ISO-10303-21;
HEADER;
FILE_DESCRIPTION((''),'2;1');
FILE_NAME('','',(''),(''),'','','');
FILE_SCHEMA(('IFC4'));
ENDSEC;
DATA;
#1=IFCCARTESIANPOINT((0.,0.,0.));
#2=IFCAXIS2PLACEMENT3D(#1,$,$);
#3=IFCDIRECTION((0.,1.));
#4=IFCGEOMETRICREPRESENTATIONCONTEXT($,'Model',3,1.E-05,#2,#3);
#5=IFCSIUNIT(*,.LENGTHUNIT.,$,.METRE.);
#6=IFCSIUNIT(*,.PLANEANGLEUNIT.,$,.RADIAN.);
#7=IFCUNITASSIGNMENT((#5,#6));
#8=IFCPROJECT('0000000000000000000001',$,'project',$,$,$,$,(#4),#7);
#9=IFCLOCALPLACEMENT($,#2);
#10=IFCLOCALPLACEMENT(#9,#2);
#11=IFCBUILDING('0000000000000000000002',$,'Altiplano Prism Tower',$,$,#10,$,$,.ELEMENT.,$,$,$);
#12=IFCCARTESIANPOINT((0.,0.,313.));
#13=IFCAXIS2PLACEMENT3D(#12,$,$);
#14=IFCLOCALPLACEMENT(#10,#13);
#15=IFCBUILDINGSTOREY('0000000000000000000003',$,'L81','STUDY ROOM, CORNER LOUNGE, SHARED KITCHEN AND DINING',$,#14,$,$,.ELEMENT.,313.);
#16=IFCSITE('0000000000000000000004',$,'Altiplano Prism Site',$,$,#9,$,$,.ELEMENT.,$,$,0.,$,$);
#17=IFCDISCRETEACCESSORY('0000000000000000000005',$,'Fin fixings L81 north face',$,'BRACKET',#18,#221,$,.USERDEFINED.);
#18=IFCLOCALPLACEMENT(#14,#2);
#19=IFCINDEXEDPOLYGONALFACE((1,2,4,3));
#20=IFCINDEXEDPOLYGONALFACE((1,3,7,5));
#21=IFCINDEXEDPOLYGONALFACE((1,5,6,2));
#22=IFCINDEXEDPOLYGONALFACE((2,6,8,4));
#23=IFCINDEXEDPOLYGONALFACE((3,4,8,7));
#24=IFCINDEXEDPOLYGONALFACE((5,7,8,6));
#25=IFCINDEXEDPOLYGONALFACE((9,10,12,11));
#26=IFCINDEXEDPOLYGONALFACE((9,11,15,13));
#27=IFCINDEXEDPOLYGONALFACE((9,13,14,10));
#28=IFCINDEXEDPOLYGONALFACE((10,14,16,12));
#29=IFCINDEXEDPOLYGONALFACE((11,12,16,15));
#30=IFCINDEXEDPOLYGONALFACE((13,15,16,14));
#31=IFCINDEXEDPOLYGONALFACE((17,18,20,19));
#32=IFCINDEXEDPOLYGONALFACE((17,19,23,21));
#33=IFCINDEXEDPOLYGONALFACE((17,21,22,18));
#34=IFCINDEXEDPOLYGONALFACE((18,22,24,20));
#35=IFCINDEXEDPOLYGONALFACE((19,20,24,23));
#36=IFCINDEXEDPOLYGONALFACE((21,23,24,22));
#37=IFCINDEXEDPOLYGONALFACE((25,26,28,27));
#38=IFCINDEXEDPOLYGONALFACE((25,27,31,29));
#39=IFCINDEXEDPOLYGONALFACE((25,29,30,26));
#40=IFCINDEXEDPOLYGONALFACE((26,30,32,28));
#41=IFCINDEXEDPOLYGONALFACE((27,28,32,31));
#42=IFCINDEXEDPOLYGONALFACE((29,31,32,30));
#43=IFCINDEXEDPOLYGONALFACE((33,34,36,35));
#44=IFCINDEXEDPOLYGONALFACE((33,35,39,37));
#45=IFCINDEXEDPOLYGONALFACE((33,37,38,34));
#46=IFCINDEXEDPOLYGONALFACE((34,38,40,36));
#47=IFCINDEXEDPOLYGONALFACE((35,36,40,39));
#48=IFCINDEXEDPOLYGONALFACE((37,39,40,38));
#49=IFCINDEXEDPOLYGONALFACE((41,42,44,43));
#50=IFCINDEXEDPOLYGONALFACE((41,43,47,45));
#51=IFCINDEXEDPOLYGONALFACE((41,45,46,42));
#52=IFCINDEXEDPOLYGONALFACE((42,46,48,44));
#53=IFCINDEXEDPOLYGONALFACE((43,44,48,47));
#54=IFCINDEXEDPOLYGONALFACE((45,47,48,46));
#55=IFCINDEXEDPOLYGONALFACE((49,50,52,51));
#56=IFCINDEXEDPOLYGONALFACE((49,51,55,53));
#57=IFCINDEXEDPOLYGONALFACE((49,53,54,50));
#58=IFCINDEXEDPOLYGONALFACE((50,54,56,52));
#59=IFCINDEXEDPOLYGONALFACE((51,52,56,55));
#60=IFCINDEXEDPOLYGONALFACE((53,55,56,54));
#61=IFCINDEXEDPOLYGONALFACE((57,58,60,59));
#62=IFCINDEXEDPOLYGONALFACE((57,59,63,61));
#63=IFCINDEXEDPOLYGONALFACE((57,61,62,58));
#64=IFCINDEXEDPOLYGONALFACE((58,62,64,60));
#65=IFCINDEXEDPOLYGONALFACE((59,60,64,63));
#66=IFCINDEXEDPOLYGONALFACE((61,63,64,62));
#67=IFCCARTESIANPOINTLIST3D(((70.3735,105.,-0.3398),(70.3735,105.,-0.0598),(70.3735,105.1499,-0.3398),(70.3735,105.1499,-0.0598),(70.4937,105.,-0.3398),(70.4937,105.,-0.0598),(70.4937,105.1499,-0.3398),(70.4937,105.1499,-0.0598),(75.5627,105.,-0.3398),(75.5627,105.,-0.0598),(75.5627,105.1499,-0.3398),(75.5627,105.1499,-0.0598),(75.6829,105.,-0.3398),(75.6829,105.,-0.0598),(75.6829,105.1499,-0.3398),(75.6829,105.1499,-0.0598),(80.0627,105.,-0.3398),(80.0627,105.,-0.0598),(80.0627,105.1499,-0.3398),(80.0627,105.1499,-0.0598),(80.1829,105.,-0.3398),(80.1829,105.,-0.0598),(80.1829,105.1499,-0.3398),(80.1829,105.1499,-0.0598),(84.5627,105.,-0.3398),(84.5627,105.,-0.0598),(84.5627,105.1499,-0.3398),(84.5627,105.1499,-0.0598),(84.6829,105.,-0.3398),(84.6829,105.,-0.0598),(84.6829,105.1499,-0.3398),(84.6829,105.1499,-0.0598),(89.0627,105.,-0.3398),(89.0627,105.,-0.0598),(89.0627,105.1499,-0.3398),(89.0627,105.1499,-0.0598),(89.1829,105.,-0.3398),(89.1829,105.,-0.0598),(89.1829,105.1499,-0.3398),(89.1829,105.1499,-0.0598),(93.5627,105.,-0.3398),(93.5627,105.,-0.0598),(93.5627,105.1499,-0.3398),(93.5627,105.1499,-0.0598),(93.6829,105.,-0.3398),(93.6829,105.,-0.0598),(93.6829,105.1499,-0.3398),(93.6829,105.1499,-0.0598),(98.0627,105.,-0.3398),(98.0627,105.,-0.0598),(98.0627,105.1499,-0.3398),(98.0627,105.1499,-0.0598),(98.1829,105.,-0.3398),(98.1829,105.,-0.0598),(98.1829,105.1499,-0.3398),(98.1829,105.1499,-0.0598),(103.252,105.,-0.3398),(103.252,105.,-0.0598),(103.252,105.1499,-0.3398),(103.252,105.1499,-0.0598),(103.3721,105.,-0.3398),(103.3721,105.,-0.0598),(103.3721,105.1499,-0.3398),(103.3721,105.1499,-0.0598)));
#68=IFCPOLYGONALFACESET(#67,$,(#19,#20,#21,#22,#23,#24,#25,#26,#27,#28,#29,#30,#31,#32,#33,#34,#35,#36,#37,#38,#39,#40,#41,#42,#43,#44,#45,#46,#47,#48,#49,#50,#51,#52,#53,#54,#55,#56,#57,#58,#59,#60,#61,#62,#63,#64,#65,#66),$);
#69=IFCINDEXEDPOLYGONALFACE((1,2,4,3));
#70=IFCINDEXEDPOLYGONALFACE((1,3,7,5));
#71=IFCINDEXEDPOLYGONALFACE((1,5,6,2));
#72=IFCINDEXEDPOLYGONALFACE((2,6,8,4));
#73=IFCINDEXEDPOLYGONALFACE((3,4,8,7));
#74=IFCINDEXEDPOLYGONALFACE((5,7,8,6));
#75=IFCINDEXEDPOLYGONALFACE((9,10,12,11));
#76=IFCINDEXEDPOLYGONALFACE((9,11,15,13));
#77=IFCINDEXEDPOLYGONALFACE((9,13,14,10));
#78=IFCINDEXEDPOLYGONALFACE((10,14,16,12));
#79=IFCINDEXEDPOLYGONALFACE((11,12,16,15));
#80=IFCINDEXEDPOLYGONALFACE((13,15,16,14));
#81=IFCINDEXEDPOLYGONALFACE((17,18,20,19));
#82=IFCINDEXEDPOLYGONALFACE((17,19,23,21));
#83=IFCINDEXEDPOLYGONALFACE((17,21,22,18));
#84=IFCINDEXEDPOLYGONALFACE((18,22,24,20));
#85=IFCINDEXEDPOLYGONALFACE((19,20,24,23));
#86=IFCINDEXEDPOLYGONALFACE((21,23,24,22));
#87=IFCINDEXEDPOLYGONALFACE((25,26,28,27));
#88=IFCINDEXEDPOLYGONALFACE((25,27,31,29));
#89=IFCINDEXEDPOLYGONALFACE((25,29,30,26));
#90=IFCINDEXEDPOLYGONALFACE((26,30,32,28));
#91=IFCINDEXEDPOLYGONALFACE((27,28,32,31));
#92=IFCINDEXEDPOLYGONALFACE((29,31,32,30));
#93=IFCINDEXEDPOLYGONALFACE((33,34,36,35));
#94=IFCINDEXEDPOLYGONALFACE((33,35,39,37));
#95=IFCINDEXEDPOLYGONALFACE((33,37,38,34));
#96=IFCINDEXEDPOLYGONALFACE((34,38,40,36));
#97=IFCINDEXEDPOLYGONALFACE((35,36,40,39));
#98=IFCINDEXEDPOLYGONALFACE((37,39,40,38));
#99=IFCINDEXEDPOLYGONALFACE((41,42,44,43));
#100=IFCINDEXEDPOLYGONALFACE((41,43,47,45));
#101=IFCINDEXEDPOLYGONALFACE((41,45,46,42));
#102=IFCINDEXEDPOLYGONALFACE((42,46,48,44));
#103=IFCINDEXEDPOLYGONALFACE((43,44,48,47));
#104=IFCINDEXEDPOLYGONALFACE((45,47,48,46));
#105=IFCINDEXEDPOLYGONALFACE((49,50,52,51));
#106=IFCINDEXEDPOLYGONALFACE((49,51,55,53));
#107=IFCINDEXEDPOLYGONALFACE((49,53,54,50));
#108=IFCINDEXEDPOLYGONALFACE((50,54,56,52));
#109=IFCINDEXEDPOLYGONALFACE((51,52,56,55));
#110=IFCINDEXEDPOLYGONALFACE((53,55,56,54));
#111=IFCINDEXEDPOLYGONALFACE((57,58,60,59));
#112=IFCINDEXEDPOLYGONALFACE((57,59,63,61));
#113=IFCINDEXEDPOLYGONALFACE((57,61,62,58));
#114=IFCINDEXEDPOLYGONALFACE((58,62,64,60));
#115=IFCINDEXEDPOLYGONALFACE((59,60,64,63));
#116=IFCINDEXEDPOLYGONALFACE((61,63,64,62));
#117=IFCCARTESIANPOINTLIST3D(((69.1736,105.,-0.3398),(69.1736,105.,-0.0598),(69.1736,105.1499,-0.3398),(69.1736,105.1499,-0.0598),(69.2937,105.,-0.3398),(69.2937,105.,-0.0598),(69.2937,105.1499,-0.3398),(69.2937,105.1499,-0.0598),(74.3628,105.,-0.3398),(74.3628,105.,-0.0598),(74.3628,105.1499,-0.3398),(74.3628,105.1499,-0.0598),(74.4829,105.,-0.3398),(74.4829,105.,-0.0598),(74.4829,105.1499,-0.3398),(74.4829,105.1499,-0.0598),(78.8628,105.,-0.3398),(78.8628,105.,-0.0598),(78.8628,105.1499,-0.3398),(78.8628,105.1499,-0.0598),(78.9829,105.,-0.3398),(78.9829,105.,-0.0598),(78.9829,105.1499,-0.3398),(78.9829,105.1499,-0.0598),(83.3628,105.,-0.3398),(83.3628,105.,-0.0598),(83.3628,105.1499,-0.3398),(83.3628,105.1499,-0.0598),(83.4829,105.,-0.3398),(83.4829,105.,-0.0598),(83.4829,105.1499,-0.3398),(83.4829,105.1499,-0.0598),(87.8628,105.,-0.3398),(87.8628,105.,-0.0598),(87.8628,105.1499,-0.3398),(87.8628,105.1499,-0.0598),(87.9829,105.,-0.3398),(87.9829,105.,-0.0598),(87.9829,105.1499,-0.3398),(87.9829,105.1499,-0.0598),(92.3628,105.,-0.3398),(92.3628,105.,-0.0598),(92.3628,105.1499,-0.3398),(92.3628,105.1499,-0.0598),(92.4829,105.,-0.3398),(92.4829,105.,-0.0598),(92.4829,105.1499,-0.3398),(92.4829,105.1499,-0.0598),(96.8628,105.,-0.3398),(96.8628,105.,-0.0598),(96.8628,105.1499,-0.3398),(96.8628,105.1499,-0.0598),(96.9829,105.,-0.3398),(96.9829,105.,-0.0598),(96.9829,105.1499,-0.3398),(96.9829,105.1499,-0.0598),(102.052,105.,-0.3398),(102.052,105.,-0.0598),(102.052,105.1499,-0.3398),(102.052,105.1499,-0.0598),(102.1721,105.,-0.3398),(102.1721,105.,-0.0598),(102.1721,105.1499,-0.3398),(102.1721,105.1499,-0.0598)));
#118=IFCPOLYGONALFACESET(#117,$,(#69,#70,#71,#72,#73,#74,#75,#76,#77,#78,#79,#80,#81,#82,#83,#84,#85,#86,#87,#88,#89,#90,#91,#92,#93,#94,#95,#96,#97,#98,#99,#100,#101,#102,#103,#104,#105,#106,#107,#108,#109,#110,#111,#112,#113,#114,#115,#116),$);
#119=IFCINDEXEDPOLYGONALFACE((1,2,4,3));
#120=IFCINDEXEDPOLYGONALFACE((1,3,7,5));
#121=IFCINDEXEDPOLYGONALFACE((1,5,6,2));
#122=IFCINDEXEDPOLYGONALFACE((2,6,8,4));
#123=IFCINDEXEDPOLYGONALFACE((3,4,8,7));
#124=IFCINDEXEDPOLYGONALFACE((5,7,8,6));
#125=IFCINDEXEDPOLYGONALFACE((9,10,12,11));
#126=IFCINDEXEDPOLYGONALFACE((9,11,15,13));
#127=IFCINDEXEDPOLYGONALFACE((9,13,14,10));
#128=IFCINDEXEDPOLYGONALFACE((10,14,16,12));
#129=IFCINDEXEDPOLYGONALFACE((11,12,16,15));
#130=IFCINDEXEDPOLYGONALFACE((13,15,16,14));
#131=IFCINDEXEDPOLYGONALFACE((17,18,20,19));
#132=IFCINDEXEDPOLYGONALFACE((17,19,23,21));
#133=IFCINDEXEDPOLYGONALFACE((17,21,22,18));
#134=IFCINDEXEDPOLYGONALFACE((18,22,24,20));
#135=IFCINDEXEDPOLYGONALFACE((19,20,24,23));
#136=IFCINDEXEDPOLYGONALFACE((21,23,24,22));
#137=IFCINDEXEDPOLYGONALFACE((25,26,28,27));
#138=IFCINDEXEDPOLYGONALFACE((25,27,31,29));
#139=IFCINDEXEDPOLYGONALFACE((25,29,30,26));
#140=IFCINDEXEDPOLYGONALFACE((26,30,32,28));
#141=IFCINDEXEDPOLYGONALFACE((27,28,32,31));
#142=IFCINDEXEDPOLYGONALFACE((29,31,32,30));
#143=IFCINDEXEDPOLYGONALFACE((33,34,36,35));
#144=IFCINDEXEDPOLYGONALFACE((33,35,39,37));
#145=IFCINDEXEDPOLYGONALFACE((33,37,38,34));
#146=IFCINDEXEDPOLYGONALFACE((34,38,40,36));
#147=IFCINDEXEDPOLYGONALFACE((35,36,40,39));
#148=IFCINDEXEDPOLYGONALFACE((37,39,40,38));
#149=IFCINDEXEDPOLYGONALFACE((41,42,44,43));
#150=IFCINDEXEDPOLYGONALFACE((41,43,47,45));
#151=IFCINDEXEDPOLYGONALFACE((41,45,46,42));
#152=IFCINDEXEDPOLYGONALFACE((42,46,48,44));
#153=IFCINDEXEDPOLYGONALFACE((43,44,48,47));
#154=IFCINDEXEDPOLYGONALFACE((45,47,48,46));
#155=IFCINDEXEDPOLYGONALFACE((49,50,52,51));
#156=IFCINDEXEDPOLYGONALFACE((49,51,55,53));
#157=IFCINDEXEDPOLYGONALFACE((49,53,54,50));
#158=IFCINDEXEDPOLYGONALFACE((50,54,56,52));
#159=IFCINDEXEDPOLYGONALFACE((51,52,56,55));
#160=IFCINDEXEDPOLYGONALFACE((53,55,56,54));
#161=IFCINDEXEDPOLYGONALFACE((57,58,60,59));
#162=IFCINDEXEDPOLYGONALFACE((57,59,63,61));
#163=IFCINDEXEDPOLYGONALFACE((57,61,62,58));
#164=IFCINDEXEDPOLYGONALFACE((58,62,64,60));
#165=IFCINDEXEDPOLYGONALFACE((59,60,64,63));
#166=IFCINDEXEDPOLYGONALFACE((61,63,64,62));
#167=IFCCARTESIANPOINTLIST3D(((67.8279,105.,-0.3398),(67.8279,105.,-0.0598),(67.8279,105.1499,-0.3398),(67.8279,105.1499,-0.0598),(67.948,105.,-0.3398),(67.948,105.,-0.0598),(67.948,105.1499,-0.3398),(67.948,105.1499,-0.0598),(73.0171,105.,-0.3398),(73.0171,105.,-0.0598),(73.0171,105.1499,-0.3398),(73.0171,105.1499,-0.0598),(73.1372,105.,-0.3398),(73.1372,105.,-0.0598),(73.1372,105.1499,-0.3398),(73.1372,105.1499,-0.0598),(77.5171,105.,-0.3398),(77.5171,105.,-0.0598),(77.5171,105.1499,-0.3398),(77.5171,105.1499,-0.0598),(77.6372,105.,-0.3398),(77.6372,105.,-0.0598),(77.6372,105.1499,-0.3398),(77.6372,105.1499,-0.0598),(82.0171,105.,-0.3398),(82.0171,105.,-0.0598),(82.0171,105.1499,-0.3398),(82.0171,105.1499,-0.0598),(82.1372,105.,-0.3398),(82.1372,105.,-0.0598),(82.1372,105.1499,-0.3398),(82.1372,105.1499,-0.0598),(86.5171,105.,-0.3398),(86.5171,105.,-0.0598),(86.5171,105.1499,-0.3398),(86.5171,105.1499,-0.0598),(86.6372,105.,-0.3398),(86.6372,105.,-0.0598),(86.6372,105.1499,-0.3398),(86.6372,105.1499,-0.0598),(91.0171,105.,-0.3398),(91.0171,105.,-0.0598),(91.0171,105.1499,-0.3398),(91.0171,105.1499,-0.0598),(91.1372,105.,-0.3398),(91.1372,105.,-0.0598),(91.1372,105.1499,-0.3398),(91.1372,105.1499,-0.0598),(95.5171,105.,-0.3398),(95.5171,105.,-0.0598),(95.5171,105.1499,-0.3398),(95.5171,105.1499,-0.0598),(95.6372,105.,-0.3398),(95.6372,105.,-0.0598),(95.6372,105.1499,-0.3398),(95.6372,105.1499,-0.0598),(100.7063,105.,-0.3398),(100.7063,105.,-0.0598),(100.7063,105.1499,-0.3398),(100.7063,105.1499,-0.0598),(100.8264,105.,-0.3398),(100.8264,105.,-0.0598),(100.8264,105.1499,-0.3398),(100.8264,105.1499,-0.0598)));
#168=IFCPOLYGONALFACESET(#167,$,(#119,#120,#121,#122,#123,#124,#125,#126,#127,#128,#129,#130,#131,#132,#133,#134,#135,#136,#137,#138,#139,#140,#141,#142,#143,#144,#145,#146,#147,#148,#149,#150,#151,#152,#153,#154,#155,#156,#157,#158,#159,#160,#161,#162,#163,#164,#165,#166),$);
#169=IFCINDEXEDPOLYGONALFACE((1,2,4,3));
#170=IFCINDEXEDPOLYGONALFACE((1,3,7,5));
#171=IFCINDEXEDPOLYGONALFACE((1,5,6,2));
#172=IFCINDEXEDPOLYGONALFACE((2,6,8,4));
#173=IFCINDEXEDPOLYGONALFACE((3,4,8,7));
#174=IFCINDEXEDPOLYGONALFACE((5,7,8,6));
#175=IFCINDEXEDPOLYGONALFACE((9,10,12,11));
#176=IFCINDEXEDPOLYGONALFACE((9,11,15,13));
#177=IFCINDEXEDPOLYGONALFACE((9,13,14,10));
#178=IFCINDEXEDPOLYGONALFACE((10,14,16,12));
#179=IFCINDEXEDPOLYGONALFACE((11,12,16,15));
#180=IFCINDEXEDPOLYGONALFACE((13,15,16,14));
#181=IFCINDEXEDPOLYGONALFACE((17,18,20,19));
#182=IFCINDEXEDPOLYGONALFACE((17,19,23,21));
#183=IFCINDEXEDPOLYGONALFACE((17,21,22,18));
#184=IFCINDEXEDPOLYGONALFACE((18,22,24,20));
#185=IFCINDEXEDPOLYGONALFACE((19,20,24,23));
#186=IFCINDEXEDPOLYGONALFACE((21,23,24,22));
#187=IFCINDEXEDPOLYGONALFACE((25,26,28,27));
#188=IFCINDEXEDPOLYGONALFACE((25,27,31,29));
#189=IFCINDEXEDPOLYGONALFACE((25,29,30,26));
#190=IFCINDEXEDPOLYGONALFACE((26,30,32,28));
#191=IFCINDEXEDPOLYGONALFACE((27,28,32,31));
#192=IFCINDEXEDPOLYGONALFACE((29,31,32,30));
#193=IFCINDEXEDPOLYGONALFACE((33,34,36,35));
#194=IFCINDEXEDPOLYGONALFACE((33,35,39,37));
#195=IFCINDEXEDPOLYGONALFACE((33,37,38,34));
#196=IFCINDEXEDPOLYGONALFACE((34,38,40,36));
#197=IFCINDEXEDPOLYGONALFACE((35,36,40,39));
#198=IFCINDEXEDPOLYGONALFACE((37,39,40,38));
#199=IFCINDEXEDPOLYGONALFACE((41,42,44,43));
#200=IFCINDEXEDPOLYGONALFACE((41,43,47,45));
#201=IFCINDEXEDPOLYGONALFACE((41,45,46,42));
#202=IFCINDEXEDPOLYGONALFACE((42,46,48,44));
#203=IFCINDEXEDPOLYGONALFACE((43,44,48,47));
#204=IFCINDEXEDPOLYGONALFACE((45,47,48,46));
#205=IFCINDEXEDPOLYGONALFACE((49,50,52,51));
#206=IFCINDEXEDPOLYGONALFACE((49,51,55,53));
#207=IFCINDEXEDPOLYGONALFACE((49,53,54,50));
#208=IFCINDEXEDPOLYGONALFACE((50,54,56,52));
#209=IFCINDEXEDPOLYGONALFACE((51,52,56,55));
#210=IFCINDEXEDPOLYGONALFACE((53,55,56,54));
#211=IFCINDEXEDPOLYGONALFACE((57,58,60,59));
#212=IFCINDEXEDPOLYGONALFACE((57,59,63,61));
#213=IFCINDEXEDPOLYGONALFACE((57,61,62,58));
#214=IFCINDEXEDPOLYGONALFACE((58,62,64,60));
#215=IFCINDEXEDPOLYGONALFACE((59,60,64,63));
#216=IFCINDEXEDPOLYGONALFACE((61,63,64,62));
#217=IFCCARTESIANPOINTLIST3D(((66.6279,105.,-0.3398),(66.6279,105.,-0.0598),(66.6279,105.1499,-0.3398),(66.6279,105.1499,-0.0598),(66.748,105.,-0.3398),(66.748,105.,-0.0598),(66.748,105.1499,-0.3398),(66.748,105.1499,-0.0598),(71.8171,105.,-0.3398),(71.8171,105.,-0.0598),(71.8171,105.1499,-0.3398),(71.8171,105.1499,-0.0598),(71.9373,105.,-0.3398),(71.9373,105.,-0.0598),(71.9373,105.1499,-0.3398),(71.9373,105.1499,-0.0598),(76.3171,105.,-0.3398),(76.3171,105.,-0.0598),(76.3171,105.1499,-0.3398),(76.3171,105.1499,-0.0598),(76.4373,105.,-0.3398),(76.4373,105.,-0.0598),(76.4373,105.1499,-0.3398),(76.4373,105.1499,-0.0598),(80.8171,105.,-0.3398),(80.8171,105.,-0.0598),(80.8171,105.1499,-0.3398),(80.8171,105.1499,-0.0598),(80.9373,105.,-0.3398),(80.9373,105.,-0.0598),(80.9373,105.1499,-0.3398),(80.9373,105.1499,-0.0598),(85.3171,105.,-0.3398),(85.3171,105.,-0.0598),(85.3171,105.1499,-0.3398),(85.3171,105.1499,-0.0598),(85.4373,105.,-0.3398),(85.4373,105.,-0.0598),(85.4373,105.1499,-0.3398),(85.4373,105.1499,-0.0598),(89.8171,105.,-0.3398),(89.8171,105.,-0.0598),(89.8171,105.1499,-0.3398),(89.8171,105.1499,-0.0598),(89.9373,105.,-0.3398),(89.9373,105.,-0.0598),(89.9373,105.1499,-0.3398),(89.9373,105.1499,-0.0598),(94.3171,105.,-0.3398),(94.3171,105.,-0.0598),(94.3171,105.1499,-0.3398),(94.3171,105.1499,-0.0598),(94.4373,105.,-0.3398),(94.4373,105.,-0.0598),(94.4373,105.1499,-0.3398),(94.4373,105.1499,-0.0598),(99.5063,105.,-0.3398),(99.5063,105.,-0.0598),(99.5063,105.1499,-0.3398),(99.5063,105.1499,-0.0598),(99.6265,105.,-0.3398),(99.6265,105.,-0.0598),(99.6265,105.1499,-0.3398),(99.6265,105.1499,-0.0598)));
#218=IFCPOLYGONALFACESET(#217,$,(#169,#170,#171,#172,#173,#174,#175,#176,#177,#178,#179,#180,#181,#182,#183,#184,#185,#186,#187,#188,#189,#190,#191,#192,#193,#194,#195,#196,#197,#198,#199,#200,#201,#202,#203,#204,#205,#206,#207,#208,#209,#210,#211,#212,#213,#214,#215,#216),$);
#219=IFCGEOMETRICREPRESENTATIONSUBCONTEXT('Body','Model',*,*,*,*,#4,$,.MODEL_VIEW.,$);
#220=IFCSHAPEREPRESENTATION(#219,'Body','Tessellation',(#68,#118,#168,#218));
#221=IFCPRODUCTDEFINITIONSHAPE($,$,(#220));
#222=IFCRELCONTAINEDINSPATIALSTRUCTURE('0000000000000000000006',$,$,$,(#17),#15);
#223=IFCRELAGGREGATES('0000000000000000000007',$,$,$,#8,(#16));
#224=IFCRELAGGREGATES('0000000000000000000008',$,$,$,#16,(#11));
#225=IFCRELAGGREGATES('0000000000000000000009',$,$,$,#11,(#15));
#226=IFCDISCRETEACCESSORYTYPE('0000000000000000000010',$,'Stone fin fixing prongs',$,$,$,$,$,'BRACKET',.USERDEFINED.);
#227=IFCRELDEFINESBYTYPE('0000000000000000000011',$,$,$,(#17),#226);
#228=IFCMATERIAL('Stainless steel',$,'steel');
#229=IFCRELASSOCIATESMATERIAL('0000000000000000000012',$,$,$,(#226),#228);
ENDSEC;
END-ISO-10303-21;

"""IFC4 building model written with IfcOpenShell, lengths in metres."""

from ifc_helpers import new_model, si_unit, direction, frame, origin, place, context, subcontext, project, spatial, polyline, outline, extrude, source, transform, mapped, material, type_object, element, save


model = new_model("IFC4")

# Units and contexts
model_context = context("Model", 3, precision=1e-05, world=origin(), true_north=direction((0.0, 1.0)))
body_context = subcontext(model_context, "Body", "Model", "MODEL_VIEW")
ifc_project = project(units=[si_unit("LENGTHUNIT", "METRE"), si_unit("PLANEANGLEUNIT", "RADIAN")], contexts=[model_context])

# Site, building, storey
site_placement = place(None, origin())
site = spatial("IfcSite", under=ifc_project, at=site_placement, Name="Altiplano Prism Site", CompositionType="ELEMENT", RefElevation=0.0)
building_placement = place(site_placement, origin())
building = spatial("IfcBuilding", under=site, at=building_placement, Name="Altiplano Prism Tower", CompositionType="ELEMENT")
storey_placement = place(building_placement, frame((0.0, 0.0, 313.0)))
storey = spatial("IfcBuildingStorey", under=building, at=storey_placement, Name="L81", Description="STUDY ROOM, CORNER LOUNGE, SHARED KITCHEN AND DINING", CompositionType="ELEMENT", Elevation=313.0)

# Discrete accessory
ifc_material_1 = material(Name="Stainless steel", Category="steel")
discrete_accessory_type = type_object("IfcDiscreteAccessoryType", Name="Stone fin fixing prongs", ElementType="BRACKET", PredefinedType="USERDEFINED", material=ifc_material_1)
shared_shape_1 = source(origin(), body_context, "Body", "SweptSolid", [
    extrude(outline(polyline([(-1.9329, 0.0601), (-1.8127, 0.0601), (-1.8127, 0.3401), (-1.9329, 0.3401), (-1.9329, 0.0601)])), frame((0.0, 0.0, 0.0), z_axis=(0.0, -1.0, 0.0), x_axis=(1.0, 0.0, 0.0)), (0.0, 0.0, 1.0), 0.1499),
    extrude(outline(polyline([(-0.7329, 0.0601), (-0.6128, 0.0601), (-0.6128, 0.3401), (-0.7329, 0.3401), (-0.7329, 0.0601)])), frame((0.0, 0.0, 0.0), z_axis=(0.0, -1.0, 0.0), x_axis=(1.0, 0.0, 0.0)), (0.0, 0.0, 1.0), 0.1499),
    extrude(outline(polyline([(0.6128, 0.0601), (0.7329, 0.0601), (0.7329, 0.3401), (0.6128, 0.3401), (0.6128, 0.0601)])), frame((0.0, 0.0, 0.0), z_axis=(0.0, -1.0, 0.0), x_axis=(1.0, 0.0, 0.0)), (0.0, 0.0, 1.0), 0.1499),
    extrude(outline(polyline([(1.8127, 0.0601), (1.9329, 0.0601), (1.9329, 0.3401), (1.8127, 0.3401), (1.8127, 0.0601)])), frame((0.0, 0.0, 0.0), z_axis=(0.0, -1.0, 0.0), x_axis=(1.0, 0.0, 0.0)), (0.0, 0.0, 1.0), 0.1499),
])
shared_shape_2 = source(origin(), body_context, "Body", "SweptSolid", [
    extrude(outline(polyline([(-1.9329, 0.0601), (-1.8127, 0.0601), (-1.8127, 0.3401), (-1.9329, 0.3401), (-1.9329, 0.0601)])), frame((0.0, 0.0, 0.0), z_axis=(0.0, -1.0, 0.0), x_axis=(1.0, 0.0, 0.0)), (0.0, 0.0, 1.0), 0.1499),
    extrude(outline(polyline([(-0.7329, 0.0601), (-0.6128, 0.0601), (-0.6128, 0.3401), (-0.7329, 0.3401), (-0.7329, 0.0601)])), frame((0.0, 0.0, 0.0), z_axis=(0.0, -1.0, 0.0), x_axis=(1.0, 0.0, 0.0)), (0.0, 0.0, 1.0), 0.1499),
    extrude(outline(polyline([(0.6128, 0.0601), (0.7329, 0.0601), (0.7329, 0.3401), (0.6128, 0.3401), (0.6128, 0.0601)])), frame((0.0, 0.0, 0.0), z_axis=(0.0, -1.0, 0.0), x_axis=(1.0, 0.0, 0.0)), (0.0, 0.0, 1.0), 0.1499),
    extrude(outline(polyline([(1.8127, 0.0601), (1.9329, 0.0601), (1.9329, 0.3401), (1.8127, 0.3401), (1.8127, 0.0601)])), frame((0.0, 0.0, 0.0), z_axis=(0.0, -1.0, 0.0), x_axis=(1.0, 0.0, 0.0)), (0.0, 0.0, 1.0), 0.1499),
])
discrete_accessory_1_placement = place(storey_placement, origin())
element("IfcDiscreteAccessory", 1, at=discrete_accessory_1_placement, inside=storey, type_object=discrete_accessory_type, Name="Fin fixings L81 north face", ObjectType="BRACKET", PredefinedType="USERDEFINED", context=body_context, shape_type="MappedRepresentation", body=[
    mapped(shared_shape_1, transform((101.4392, 105.0, -0.3999), x_axis=(-1.0, 0.0, 0.0), y_axis=(0.0, -1.0, 0.0), z_axis=(0.0, 0.0, 1.0))),
    mapped(shared_shape_2, transform((96.25, 105.0, -0.3999), x_axis=(-1.0, 0.0, 0.0), y_axis=(0.0, -1.0, 0.0), z_axis=(0.0, 0.0, 1.0))),
    mapped(shared_shape_2, transform((91.75, 105.0, -0.3999), x_axis=(-1.0, 0.0, 0.0), y_axis=(0.0, -1.0, 0.0), z_axis=(0.0, 0.0, 1.0))),
    mapped(shared_shape_2, transform((87.25, 105.0, -0.3999), x_axis=(-1.0, 0.0, 0.0), y_axis=(0.0, -1.0, 0.0), z_axis=(0.0, 0.0, 1.0))),
    mapped(shared_shape_2, transform((82.75, 105.0, -0.3999), x_axis=(-1.0, 0.0, 0.0), y_axis=(0.0, -1.0, 0.0), z_axis=(0.0, 0.0, 1.0))),
    mapped(shared_shape_2, transform((78.25, 105.0, -0.3999), x_axis=(-1.0, 0.0, 0.0), y_axis=(0.0, -1.0, 0.0), z_axis=(0.0, 0.0, 1.0))),
    mapped(shared_shape_2, transform((73.75, 105.0, -0.3999), x_axis=(-1.0, 0.0, 0.0), y_axis=(0.0, -1.0, 0.0), z_axis=(0.0, 0.0, 1.0))),
    mapped(shared_shape_1, transform((68.5608, 105.0, -0.3999), x_axis=(-1.0, 0.0, 0.0), y_axis=(0.0, -1.0, 0.0), z_axis=(0.0, 0.0, 1.0))),
])

save(model, "model.ifc")
